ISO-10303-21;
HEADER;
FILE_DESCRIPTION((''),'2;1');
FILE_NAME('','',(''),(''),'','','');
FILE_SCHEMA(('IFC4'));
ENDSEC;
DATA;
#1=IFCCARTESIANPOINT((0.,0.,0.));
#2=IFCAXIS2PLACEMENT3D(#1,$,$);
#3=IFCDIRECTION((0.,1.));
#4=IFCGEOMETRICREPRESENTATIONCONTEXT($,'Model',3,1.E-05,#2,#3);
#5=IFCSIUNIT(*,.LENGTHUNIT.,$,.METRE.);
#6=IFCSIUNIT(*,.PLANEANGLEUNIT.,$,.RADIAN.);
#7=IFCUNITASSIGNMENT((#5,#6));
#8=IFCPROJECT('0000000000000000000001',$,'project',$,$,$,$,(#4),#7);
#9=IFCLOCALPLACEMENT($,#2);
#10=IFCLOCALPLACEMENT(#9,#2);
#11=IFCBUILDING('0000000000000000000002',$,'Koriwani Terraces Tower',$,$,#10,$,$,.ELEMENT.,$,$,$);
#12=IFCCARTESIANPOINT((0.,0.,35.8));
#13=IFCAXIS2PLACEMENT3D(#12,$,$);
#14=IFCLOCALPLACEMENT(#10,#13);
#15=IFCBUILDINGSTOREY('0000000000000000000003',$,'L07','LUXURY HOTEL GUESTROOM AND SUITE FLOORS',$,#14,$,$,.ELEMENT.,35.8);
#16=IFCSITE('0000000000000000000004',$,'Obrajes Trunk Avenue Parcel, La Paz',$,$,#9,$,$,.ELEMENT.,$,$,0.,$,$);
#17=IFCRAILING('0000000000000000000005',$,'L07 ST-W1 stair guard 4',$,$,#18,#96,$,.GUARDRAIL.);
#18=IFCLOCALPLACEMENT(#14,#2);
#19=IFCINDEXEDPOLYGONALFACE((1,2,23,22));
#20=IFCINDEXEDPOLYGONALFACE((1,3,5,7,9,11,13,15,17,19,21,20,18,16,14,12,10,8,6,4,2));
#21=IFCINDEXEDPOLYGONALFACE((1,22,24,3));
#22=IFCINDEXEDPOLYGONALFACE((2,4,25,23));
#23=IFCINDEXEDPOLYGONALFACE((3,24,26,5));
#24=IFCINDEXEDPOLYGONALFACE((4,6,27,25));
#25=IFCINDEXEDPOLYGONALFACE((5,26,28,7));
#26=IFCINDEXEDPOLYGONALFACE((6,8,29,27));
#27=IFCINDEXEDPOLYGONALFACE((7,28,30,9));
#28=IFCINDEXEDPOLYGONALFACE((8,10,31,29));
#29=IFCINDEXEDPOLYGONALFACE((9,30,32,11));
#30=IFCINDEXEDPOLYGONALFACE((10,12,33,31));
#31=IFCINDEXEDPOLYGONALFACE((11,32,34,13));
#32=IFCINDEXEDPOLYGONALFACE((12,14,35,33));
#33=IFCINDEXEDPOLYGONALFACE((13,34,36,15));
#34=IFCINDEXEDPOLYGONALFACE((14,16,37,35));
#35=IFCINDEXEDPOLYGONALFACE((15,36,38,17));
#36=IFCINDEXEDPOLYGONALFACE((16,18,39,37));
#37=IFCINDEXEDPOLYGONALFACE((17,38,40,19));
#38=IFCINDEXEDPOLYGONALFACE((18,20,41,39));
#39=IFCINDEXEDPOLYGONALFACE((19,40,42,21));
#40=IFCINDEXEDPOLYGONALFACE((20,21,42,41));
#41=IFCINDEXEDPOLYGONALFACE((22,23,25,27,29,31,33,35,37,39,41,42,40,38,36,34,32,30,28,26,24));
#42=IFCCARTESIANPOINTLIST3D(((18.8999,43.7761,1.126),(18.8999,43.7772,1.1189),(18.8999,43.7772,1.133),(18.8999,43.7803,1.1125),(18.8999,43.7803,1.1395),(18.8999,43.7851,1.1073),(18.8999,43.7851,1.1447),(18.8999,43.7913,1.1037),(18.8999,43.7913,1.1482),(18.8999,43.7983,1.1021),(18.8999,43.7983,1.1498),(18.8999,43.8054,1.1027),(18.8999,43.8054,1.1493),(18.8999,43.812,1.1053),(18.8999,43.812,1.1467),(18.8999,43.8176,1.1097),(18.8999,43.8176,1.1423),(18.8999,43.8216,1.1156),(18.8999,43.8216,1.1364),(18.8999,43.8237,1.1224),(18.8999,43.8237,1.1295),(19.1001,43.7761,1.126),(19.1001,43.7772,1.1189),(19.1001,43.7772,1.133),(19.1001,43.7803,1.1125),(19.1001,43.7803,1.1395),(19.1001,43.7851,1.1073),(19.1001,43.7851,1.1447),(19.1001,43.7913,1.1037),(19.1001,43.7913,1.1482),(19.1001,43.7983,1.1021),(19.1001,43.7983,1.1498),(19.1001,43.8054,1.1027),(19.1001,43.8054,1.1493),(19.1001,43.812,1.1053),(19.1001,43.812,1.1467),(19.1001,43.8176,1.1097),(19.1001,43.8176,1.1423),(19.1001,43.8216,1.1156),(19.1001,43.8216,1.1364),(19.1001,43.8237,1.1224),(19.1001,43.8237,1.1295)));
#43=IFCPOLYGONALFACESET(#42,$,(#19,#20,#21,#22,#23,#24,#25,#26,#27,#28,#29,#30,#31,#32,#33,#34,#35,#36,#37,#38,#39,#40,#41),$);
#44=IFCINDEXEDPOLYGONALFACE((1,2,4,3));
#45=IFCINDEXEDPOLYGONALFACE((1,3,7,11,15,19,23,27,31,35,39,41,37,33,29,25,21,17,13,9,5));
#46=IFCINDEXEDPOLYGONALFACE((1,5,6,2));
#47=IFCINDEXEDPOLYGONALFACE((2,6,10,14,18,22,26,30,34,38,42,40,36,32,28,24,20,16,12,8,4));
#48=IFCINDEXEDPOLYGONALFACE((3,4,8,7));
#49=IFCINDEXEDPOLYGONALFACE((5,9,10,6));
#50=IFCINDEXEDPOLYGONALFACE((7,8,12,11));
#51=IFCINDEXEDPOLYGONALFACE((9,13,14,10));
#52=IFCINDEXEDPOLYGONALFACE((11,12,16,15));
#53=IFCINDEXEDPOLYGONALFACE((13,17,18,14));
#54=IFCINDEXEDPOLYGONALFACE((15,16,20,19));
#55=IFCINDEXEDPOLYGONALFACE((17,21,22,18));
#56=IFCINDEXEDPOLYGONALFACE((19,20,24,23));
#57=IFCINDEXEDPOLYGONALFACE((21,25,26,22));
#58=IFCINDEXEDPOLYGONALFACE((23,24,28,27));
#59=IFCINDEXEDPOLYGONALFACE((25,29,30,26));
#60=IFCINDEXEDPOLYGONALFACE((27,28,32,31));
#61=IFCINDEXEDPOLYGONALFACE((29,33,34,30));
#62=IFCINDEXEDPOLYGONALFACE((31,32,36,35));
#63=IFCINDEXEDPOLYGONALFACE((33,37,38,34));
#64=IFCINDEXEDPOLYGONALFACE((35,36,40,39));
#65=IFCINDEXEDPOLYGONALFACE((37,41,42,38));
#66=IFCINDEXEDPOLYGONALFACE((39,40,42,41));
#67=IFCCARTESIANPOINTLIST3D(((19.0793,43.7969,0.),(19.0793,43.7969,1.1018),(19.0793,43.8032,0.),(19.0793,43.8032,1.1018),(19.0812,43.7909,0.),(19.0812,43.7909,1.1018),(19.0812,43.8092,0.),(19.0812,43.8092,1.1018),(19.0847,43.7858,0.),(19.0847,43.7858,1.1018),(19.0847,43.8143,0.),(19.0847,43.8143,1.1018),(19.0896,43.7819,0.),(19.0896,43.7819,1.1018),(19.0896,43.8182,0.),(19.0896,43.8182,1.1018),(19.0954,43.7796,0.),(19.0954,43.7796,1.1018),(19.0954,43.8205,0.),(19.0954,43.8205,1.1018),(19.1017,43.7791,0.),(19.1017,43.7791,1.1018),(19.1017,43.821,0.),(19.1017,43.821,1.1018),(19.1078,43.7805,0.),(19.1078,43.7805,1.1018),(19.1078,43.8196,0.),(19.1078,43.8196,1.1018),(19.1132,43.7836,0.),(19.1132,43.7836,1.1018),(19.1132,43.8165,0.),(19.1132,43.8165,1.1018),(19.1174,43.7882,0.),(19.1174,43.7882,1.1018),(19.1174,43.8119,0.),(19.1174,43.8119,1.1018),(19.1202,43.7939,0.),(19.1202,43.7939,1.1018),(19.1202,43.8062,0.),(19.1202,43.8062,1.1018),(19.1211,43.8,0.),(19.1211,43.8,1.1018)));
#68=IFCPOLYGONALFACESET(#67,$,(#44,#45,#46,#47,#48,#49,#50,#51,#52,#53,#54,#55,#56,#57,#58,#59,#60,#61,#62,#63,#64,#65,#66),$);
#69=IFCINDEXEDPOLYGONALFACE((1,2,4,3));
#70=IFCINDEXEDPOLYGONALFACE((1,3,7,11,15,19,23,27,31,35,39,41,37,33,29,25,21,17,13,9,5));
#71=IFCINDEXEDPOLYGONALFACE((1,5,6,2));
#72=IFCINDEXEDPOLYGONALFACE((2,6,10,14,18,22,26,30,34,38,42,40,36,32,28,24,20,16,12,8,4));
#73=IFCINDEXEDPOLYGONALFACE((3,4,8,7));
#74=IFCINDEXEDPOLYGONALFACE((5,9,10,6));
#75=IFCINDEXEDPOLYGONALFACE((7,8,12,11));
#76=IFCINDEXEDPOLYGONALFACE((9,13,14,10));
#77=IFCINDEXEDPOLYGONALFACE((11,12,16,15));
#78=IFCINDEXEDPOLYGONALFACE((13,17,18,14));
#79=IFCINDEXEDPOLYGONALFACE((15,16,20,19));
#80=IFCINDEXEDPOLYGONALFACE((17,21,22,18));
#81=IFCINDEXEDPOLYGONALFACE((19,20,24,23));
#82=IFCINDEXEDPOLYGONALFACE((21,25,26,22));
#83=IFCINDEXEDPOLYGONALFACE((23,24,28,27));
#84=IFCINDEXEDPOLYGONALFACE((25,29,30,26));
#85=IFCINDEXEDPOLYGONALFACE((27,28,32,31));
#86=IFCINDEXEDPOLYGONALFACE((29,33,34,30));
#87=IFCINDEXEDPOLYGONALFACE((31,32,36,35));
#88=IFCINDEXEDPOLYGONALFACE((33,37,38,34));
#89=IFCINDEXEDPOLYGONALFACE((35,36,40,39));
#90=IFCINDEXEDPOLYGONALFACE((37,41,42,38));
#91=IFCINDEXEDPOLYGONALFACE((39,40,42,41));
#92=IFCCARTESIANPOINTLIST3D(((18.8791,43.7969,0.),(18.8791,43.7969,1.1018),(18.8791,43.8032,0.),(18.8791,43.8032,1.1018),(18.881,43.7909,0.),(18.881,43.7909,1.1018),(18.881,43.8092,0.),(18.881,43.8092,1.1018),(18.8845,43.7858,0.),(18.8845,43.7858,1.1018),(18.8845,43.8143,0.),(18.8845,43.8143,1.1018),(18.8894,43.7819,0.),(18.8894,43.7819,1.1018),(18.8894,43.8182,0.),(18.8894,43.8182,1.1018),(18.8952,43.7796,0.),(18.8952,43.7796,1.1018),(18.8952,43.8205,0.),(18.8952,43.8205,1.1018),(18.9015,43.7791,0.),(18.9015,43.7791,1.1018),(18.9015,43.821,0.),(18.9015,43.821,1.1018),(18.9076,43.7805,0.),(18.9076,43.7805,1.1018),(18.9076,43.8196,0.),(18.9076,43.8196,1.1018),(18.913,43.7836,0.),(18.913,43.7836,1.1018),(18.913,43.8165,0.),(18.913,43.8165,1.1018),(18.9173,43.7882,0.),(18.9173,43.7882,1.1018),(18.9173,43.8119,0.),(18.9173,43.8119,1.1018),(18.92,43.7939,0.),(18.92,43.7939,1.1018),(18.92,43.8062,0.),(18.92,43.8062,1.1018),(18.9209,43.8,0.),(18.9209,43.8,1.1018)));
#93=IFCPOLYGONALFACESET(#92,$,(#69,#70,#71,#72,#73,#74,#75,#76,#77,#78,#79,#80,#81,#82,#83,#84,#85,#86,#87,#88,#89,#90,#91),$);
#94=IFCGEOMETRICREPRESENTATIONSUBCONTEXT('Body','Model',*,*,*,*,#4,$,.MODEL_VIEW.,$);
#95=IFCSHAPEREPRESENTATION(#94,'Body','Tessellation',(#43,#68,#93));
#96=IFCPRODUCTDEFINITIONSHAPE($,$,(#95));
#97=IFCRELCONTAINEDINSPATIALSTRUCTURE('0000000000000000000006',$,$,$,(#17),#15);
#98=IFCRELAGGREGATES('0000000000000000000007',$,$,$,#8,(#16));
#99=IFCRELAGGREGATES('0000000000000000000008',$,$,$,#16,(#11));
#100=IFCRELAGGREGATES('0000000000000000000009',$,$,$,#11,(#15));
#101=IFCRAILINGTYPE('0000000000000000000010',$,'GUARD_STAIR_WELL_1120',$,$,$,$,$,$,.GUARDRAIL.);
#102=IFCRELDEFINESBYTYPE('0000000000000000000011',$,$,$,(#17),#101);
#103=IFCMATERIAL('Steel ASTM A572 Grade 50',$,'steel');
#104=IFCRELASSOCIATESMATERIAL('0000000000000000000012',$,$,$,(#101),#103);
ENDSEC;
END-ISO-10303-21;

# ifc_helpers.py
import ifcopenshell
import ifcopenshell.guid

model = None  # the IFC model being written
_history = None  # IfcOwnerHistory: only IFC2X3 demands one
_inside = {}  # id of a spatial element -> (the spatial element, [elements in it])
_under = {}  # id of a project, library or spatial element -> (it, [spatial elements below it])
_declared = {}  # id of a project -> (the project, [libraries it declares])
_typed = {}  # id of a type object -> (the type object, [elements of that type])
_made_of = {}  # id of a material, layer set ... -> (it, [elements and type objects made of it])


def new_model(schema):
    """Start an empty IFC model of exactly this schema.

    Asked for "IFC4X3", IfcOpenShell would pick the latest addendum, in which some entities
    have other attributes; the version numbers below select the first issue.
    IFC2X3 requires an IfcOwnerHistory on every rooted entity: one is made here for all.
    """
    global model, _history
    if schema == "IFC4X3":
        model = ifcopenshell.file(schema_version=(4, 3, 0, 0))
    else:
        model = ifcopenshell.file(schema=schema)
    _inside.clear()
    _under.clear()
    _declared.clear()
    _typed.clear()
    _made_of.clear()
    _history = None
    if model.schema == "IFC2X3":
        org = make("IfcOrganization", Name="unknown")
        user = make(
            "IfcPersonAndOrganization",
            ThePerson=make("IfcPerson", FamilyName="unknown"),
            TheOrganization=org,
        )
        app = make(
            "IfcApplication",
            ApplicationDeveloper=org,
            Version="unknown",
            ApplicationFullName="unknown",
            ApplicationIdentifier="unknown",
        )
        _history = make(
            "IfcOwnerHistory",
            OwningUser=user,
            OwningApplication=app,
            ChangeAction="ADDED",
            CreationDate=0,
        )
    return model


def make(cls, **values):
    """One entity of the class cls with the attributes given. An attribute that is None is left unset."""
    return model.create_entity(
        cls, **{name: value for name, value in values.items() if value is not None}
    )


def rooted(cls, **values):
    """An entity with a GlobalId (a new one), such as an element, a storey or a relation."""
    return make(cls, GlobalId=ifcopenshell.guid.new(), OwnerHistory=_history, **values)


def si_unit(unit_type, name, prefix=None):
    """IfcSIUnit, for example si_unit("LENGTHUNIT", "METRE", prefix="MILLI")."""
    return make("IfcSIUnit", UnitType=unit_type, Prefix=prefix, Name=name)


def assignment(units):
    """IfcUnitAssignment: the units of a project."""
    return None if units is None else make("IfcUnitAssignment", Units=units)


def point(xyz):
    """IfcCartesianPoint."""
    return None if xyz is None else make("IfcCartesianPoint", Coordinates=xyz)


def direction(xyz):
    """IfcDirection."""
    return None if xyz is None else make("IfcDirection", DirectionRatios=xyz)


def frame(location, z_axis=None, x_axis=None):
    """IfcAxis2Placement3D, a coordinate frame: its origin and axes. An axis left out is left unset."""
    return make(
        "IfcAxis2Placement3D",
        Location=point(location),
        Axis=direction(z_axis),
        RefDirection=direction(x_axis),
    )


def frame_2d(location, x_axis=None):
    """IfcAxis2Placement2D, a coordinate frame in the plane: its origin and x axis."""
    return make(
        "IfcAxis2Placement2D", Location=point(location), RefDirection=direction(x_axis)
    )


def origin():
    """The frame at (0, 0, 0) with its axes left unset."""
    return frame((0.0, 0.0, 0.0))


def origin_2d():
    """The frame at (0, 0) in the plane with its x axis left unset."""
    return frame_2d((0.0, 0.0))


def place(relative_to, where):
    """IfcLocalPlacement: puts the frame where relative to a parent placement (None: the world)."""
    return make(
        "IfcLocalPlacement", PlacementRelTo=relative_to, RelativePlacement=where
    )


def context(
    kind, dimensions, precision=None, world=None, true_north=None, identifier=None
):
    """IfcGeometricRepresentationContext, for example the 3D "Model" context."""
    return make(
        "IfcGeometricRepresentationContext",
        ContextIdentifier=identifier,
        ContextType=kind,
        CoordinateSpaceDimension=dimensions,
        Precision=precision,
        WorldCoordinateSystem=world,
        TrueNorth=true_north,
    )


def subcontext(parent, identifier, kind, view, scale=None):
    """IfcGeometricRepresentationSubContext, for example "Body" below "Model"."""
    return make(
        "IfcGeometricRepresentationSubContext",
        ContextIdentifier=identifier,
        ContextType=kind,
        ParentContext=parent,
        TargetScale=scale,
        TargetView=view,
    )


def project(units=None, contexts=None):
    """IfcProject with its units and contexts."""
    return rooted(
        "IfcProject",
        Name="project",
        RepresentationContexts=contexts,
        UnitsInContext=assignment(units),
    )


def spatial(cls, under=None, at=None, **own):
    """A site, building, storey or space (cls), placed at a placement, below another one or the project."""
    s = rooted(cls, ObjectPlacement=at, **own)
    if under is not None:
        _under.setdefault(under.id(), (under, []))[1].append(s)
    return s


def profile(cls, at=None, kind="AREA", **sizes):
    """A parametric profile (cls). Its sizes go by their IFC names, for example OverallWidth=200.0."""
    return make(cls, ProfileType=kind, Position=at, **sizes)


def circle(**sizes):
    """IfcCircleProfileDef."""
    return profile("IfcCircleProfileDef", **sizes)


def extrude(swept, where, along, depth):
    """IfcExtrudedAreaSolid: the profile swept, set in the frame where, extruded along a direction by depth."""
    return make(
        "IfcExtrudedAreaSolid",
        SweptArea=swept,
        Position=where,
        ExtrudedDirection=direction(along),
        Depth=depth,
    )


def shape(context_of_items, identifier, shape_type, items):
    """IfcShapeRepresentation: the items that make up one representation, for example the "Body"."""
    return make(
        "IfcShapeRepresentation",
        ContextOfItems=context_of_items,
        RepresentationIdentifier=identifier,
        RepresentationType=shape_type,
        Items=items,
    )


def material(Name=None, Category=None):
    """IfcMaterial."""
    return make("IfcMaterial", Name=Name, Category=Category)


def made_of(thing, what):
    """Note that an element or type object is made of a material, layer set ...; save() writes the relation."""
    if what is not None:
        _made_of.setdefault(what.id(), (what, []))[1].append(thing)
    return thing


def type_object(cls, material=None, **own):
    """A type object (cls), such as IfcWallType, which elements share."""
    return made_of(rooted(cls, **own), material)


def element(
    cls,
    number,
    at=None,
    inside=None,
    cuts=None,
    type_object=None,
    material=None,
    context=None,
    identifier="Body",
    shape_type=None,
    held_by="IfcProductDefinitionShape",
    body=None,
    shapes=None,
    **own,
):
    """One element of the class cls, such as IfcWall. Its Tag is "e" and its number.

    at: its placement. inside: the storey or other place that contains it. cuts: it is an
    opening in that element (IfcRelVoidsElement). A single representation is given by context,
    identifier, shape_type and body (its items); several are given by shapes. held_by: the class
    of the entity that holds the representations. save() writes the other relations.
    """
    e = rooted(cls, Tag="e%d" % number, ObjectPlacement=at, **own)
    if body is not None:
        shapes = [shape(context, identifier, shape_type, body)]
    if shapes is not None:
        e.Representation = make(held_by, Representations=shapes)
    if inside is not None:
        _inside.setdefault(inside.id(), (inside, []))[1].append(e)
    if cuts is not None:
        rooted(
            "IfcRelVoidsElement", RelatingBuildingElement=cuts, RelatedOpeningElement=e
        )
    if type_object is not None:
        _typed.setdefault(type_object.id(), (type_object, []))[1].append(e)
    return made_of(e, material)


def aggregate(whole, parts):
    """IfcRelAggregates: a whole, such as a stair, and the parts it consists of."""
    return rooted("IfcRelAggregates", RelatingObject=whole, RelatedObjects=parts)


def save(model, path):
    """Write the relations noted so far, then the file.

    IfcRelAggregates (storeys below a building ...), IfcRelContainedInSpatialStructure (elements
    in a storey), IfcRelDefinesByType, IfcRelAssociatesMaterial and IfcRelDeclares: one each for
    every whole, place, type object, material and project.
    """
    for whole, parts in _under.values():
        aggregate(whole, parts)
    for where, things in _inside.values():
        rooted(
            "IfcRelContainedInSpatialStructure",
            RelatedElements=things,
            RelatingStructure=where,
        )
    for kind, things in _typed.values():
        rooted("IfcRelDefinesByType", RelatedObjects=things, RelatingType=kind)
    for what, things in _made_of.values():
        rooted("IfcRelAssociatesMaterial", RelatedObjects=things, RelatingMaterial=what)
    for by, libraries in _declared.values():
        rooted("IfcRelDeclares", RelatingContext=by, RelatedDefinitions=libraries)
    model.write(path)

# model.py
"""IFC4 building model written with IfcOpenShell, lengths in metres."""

from ifc_helpers import new_model, si_unit, direction, frame, origin, origin_2d, place, context, subcontext, project, spatial, circle, extrude, material, type_object, element, save


model = new_model("IFC4")

# Units and contexts
model_context = context("Model", 3, precision=1e-05, world=origin(), true_north=direction((0.0, 1.0)))
body_context = subcontext(model_context, "Body", "Model", "MODEL_VIEW")
ifc_project = project(units=[si_unit("LENGTHUNIT", "METRE"), si_unit("PLANEANGLEUNIT", "RADIAN")], contexts=[model_context])

# Site, building, storey
site_placement = place(None, origin())
site = spatial("IfcSite", under=ifc_project, at=site_placement, Name="Obrajes Trunk Avenue Parcel, La Paz", CompositionType="ELEMENT", RefElevation=0.0)
building_placement = place(site_placement, origin())
building = spatial("IfcBuilding", under=site, at=building_placement, Name="Koriwani Terraces Tower", CompositionType="ELEMENT")
storey_placement = place(building_placement, frame((0.0, 0.0, 35.8)))
storey = spatial("IfcBuildingStorey", under=building, at=storey_placement, Name="L07", Description="LUXURY HOTEL GUESTROOM AND SUITE FLOORS", CompositionType="ELEMENT", Elevation=35.8)

# Shared definitions
ifc_material_1 = material(Name="Steel ASTM A572 Grade 50", Category="steel")

# Railing
railing_type_1 = type_object("IfcRailingType", Name="GUARD_STAIR_WELL_1120", PredefinedType="GUARDRAIL", material=ifc_material_1)
railing_1_placement = place(storey_placement, frame((19.1001, 43.8, 0.0)))
element("IfcRailing", 1, at=railing_1_placement, inside=storey, type_object=railing_type_1, Name="L07 ST-W1 stair guard 4", PredefinedType="GUARDRAIL", context=body_context, shape_type="SweptSolid", body=[
    extrude(circle(Radius=0.0239, at=origin_2d()), frame((0.0, 0.0, 1.126), z_axis=(-1.0, 0.0, 0.0), x_axis=(0.0, -1.0, 0.0)), (0.0, 0.0, 1.0), 0.2002),
    extrude(circle(Radius=0.021, at=origin_2d()), origin(), (0.0, 0.0, 1.0), 1.1018),
    extrude(circle(Radius=0.021, at=origin_2d()), frame((-0.2002, 0.0, 0.0)), (0.0, 0.0, 1.0), 1.1018),
])

save(model, "model.ifc")
